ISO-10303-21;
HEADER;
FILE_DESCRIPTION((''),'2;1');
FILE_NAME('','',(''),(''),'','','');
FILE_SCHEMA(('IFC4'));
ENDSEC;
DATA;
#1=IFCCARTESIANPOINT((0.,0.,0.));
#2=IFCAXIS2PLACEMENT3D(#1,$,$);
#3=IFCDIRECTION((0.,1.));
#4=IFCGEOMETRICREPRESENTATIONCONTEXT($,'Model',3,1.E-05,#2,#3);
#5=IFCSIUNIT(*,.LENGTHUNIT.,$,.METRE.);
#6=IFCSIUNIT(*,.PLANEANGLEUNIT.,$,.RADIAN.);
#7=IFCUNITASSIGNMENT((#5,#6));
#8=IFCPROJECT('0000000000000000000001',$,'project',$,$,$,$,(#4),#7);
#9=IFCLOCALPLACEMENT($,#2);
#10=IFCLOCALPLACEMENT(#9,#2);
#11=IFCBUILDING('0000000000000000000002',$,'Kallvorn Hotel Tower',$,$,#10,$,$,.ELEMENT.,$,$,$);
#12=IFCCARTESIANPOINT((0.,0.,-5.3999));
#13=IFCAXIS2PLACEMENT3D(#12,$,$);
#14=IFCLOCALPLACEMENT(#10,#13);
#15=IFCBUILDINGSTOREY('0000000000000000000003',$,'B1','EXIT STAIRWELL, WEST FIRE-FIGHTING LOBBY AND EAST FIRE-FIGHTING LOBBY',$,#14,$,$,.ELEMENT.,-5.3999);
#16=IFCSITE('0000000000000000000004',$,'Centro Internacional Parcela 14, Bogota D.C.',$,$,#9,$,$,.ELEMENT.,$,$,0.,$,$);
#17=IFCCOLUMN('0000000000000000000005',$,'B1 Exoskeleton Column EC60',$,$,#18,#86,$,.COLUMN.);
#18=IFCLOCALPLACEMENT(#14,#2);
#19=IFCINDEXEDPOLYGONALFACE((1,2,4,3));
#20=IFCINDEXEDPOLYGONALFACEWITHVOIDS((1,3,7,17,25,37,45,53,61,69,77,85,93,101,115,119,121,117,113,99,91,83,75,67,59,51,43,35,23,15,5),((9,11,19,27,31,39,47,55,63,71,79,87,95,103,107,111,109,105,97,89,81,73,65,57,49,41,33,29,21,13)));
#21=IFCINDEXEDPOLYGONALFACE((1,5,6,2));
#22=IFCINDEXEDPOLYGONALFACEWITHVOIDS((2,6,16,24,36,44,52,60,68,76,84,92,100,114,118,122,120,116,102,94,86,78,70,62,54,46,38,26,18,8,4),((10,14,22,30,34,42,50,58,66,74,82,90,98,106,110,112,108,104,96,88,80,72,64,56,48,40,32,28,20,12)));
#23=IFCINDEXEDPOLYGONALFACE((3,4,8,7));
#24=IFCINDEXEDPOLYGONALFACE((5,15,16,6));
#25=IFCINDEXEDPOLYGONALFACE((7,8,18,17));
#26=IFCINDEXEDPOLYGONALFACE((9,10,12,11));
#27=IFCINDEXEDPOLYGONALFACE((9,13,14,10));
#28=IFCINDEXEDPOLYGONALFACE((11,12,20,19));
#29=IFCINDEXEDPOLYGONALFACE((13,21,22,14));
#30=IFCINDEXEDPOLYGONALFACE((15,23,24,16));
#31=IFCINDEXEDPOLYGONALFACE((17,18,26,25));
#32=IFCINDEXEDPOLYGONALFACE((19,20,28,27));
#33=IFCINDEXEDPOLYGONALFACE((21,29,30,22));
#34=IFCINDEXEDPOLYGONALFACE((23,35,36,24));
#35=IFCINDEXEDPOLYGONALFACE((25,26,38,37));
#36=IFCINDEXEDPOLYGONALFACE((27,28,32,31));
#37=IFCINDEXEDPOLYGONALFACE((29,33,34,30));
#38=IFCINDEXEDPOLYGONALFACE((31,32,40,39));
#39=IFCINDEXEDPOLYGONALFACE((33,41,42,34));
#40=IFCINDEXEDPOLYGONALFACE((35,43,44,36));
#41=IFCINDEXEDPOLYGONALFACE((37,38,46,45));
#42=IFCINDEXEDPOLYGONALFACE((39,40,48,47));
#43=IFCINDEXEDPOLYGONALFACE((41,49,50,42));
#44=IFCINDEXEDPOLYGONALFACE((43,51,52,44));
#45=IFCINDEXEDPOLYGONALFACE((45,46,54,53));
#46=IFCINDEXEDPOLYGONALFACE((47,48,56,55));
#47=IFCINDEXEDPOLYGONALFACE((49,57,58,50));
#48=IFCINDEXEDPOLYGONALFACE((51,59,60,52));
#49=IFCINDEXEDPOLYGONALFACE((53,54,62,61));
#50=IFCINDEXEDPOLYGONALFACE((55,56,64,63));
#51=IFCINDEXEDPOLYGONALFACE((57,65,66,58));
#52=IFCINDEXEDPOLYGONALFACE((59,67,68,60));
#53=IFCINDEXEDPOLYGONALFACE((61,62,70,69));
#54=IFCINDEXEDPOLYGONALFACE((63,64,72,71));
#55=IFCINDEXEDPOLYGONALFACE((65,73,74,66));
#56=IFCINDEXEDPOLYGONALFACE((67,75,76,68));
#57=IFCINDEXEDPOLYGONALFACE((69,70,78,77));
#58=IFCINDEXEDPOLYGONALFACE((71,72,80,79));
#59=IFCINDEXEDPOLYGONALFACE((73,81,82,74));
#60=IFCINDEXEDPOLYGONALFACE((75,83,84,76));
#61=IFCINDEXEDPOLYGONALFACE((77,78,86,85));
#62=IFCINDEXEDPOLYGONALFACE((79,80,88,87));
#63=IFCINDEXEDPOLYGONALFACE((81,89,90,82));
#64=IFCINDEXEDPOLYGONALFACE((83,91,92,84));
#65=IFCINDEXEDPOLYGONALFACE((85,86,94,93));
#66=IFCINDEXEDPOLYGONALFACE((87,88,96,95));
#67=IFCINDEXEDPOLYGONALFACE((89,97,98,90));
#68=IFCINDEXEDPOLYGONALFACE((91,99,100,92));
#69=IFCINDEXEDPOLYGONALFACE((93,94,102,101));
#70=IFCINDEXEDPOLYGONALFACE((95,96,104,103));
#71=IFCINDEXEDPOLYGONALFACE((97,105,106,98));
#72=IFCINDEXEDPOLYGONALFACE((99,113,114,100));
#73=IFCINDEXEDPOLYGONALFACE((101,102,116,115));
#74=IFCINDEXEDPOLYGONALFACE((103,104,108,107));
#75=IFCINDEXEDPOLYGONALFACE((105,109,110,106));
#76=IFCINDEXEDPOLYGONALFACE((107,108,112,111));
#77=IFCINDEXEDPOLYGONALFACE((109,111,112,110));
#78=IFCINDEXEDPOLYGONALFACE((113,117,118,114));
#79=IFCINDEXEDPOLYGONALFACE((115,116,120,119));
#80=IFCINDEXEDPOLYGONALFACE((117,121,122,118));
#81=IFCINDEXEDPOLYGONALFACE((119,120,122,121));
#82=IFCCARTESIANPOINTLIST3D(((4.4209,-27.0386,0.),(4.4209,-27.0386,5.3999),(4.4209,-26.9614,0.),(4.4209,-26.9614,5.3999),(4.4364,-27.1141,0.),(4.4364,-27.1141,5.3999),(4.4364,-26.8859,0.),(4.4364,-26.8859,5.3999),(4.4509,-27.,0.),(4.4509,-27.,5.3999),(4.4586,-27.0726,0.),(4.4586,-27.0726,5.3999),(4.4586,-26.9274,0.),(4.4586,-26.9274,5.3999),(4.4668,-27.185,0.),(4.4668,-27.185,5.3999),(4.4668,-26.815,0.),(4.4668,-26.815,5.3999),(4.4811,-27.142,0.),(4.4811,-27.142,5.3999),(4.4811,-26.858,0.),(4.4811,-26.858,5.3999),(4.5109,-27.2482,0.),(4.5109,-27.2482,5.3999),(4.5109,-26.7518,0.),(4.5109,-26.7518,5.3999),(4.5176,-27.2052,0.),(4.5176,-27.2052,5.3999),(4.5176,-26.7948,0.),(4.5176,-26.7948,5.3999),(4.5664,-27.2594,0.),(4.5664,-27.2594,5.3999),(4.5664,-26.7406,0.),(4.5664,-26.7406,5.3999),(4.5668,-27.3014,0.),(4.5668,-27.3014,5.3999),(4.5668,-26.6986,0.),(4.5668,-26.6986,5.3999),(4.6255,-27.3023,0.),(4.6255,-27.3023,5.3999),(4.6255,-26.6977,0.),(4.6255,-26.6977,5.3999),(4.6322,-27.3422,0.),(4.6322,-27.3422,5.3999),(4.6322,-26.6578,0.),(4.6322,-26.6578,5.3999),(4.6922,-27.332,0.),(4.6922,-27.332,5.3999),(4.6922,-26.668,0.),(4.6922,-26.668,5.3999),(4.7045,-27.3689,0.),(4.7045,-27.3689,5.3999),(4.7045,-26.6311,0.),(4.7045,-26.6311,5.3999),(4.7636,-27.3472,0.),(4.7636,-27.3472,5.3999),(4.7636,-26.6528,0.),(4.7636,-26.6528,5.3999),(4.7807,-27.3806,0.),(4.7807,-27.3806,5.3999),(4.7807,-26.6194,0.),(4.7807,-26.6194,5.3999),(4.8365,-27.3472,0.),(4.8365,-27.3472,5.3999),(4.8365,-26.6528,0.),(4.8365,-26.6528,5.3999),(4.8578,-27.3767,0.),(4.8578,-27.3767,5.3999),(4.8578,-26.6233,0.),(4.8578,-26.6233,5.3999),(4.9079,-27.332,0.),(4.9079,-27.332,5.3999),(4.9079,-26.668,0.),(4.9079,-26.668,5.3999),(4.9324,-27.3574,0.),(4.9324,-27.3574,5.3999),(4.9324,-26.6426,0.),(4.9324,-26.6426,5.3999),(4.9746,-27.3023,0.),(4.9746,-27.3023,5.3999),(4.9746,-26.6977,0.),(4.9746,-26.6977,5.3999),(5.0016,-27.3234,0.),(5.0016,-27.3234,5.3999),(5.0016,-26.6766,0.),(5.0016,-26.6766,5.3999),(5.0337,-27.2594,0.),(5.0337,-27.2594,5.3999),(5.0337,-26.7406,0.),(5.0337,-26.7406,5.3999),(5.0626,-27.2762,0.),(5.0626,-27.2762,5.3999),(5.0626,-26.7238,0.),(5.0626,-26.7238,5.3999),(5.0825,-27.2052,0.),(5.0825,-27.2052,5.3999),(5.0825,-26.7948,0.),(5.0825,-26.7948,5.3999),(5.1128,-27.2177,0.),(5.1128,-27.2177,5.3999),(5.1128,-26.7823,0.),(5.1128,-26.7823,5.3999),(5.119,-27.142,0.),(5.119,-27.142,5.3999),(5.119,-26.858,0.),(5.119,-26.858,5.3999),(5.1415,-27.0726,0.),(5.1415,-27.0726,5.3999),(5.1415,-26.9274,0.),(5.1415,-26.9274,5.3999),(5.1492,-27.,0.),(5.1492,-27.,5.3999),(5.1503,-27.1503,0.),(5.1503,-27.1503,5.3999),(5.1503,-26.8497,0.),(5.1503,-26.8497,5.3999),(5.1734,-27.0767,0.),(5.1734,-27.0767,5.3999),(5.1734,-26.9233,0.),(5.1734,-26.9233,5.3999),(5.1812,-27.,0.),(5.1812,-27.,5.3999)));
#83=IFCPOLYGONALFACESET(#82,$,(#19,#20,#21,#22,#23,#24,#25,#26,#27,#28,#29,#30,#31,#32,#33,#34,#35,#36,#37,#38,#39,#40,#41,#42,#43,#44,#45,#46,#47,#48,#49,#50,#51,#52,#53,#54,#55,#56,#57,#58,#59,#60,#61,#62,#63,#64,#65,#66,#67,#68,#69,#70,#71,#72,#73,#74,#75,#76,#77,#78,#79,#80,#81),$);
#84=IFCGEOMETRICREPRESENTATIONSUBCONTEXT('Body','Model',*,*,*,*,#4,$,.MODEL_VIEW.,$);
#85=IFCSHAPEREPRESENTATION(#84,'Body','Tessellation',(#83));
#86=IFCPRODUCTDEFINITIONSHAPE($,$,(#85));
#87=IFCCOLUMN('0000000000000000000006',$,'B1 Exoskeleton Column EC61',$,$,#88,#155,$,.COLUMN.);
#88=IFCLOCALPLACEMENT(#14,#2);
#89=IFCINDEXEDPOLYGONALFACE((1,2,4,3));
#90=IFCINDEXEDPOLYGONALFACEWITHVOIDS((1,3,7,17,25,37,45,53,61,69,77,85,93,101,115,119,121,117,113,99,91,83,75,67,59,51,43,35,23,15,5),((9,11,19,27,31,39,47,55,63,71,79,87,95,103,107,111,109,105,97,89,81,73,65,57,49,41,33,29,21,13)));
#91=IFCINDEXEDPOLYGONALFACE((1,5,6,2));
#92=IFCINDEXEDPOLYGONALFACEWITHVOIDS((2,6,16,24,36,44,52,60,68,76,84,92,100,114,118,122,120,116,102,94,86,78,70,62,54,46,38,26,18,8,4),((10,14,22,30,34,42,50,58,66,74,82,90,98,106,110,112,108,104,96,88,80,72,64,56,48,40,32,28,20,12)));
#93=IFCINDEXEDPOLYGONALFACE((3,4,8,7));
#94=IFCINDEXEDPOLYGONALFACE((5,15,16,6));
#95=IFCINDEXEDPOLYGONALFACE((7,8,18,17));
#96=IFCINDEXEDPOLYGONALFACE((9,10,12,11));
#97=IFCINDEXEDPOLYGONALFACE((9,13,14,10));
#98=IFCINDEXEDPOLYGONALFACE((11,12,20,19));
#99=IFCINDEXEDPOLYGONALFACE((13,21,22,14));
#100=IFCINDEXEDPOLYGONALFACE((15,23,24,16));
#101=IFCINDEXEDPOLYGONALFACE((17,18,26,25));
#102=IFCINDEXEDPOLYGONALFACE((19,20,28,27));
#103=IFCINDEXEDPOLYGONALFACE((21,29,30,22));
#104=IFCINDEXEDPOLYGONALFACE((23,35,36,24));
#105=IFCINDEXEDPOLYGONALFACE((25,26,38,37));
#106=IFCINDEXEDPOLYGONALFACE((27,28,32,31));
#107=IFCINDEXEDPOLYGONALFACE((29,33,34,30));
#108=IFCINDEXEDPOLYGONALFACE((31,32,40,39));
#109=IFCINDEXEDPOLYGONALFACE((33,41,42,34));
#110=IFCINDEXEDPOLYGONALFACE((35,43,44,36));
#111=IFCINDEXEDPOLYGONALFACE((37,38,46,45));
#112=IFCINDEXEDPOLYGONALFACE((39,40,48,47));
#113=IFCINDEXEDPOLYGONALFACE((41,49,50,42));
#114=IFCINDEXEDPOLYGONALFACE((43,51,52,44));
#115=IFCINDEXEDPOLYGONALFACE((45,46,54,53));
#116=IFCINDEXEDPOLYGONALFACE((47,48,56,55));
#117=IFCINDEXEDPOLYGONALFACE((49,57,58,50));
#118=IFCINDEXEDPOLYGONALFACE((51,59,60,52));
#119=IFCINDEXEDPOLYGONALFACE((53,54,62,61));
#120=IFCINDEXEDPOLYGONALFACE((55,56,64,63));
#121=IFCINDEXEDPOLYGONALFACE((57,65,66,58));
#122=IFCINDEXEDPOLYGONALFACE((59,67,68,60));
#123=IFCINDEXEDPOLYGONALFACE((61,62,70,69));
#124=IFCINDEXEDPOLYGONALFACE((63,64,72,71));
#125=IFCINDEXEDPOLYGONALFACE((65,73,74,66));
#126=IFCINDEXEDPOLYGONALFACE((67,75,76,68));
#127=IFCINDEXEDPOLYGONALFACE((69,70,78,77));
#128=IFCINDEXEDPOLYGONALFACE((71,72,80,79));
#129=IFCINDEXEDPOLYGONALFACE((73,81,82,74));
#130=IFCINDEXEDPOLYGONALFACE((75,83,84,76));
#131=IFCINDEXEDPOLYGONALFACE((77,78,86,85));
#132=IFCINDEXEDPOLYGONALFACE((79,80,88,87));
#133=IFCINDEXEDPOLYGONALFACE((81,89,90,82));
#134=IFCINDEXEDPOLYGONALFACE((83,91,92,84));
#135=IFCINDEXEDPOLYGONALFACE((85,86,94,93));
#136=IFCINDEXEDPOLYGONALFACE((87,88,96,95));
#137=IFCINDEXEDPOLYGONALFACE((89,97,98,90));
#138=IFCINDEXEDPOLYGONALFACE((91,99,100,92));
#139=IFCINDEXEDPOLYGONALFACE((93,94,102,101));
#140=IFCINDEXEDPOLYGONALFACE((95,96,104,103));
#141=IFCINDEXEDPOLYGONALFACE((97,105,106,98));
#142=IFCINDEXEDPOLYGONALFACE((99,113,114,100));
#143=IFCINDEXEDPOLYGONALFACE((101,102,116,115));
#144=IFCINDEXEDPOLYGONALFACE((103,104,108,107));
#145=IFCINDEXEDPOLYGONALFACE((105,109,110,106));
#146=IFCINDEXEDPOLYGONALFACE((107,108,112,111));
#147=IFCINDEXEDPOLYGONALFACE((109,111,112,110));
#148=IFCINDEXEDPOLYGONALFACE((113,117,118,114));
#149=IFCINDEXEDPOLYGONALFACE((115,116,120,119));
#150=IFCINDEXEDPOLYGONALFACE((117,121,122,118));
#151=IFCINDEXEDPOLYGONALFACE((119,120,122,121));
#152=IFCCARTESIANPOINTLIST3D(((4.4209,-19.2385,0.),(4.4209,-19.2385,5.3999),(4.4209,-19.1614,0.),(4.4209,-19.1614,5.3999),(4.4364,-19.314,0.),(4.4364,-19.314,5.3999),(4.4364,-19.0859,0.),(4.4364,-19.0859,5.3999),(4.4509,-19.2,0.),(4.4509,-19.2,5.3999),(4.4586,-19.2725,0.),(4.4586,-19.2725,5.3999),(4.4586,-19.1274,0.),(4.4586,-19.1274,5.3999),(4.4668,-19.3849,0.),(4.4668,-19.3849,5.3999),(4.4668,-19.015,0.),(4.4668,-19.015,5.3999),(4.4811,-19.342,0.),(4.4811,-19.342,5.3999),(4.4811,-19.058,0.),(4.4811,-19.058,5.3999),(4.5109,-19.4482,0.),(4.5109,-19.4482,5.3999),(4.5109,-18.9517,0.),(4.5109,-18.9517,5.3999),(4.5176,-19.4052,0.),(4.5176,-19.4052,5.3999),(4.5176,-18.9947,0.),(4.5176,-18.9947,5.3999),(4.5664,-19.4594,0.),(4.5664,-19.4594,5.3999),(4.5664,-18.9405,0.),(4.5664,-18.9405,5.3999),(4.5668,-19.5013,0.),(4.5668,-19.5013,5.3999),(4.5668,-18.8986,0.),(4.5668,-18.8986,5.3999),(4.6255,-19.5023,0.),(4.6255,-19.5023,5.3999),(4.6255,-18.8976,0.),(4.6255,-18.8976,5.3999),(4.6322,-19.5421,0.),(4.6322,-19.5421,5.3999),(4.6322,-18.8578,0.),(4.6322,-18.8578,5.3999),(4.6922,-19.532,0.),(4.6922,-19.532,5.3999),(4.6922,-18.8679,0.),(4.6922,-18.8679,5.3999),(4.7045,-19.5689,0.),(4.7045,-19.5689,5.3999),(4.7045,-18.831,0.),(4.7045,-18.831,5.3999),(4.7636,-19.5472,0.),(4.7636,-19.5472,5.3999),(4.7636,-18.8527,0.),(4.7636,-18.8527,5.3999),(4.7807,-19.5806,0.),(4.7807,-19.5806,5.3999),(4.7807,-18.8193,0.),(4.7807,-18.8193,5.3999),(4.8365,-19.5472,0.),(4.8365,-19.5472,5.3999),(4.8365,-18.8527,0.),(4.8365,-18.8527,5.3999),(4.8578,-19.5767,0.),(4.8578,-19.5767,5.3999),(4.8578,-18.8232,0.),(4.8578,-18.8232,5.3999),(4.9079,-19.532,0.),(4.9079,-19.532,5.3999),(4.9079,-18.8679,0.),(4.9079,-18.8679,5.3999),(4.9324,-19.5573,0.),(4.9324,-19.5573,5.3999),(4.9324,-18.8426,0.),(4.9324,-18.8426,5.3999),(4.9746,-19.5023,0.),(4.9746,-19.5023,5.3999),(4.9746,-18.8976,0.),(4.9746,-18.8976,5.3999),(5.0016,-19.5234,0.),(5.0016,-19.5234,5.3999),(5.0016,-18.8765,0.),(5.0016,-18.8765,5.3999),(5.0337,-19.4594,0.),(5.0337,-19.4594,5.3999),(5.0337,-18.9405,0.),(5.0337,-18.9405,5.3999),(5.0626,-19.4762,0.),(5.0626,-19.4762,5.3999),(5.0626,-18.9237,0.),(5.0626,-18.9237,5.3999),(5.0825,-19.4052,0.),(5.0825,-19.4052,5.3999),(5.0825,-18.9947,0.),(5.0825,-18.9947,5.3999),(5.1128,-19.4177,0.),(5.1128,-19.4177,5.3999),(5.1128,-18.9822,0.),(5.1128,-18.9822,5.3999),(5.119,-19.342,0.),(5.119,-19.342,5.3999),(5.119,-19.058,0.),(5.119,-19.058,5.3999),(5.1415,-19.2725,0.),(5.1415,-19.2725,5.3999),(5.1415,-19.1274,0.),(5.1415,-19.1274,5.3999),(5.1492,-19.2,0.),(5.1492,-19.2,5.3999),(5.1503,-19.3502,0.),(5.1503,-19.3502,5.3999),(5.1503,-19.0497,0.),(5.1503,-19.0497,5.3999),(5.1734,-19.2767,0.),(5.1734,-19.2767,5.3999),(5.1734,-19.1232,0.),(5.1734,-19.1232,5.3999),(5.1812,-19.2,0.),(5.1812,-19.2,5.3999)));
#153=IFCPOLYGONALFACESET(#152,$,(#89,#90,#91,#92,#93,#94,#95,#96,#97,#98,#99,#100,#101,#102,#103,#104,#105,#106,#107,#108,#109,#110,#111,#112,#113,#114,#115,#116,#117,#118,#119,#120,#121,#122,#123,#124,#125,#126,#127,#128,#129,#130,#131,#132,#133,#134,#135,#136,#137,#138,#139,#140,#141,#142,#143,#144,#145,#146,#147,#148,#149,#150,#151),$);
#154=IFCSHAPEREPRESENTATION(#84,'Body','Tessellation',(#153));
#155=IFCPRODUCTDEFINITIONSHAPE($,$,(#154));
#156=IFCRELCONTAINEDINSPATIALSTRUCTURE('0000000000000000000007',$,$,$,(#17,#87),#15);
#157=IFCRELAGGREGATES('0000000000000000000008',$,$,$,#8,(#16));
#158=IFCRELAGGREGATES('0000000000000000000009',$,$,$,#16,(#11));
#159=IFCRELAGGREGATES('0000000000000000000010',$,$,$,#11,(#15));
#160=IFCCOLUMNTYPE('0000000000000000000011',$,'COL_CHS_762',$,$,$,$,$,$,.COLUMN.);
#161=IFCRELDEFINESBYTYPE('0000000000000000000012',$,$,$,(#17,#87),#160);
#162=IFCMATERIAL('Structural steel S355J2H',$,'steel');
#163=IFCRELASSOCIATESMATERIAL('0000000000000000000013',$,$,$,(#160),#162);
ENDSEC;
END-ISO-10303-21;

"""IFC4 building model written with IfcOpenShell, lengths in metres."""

from ifc_helpers import new_model, si_unit, direction, frame, origin, origin_2d, place, context, subcontext, project, spatial, hollow_circle, extrude, material, material_profile, profile_set, type_object, element, save


model = new_model("IFC4")

# Units and contexts
model_context = context("Model", 3, precision=1e-05, world=origin(), true_north=direction((0.0, 1.0)))
body_context = subcontext(model_context, "Body", "Model", "MODEL_VIEW")
ifc_project = project(units=[si_unit("LENGTHUNIT", "METRE"), si_unit("PLANEANGLEUNIT", "RADIAN")], contexts=[model_context])

# Site, building, storey
site_placement = place(None, origin())
site = spatial("IfcSite", under=ifc_project, at=site_placement, Name="Centro Internacional Parcela 14, Bogota D.C.", CompositionType="ELEMENT", RefElevation=0.0)
building_placement = place(site_placement, origin())
building = spatial("IfcBuilding", under=site, at=building_placement, Name="Kallvorn Hotel Tower", CompositionType="ELEMENT")
storey_placement = place(building_placement, frame((0.0, 0.0, -5.3999)))
storey = spatial("IfcBuildingStorey", under=building, at=storey_placement, Name="B1", Description="EXIT STAIRWELL, WEST FIRE-FIGHTING LOBBY AND EAST FIRE-FIGHTING LOBBY", CompositionType="ELEMENT", Elevation=-5.3999)

# Columns
ifc_material_1 = material(Name="Structural steel S355J2H", Category="steel")
ifc_material_profile_1 = material_profile(ifc_material_1, hollow_circle(Radius=0.3811, WallThickness=0.032, at=origin_2d()), Name="CHS 762x32")
ifc_profile_set_1 = profile_set([ifc_material_profile_1], Name="Structural steel S355J2H")
column_type_1 = type_object("IfcColumnType", Name="COL_CHS_762", PredefinedType="COLUMN", material=ifc_profile_set_1)
for number, where, z_axis, x_axis, name in (
    (1, (4.8, -27.0, 0.0), (0.0, 0.0, 1.0), (1.0, 0.0, 0.0), "B1 Exoskeleton Column EC60"),
    (2, (4.8, -19.2, 0.0), (0.0, 0.0, 1.0), (1.0, 0.0, 0.0), "B1 Exoskeleton Column EC61"),
):
    element("IfcColumn", number, at=place(storey_placement, frame(where, z_axis=z_axis, x_axis=x_axis)), inside=storey, type_object=column_type_1, Name=name, PredefinedType="COLUMN", context=body_context, shape_type="SweptSolid", body=[
        extrude(hollow_circle(Radius=0.3811, WallThickness=0.032, at=origin_2d()), origin(), (0.0, 0.0, 1.0), 5.3999),
    ])

save(model, "model.ifc")
